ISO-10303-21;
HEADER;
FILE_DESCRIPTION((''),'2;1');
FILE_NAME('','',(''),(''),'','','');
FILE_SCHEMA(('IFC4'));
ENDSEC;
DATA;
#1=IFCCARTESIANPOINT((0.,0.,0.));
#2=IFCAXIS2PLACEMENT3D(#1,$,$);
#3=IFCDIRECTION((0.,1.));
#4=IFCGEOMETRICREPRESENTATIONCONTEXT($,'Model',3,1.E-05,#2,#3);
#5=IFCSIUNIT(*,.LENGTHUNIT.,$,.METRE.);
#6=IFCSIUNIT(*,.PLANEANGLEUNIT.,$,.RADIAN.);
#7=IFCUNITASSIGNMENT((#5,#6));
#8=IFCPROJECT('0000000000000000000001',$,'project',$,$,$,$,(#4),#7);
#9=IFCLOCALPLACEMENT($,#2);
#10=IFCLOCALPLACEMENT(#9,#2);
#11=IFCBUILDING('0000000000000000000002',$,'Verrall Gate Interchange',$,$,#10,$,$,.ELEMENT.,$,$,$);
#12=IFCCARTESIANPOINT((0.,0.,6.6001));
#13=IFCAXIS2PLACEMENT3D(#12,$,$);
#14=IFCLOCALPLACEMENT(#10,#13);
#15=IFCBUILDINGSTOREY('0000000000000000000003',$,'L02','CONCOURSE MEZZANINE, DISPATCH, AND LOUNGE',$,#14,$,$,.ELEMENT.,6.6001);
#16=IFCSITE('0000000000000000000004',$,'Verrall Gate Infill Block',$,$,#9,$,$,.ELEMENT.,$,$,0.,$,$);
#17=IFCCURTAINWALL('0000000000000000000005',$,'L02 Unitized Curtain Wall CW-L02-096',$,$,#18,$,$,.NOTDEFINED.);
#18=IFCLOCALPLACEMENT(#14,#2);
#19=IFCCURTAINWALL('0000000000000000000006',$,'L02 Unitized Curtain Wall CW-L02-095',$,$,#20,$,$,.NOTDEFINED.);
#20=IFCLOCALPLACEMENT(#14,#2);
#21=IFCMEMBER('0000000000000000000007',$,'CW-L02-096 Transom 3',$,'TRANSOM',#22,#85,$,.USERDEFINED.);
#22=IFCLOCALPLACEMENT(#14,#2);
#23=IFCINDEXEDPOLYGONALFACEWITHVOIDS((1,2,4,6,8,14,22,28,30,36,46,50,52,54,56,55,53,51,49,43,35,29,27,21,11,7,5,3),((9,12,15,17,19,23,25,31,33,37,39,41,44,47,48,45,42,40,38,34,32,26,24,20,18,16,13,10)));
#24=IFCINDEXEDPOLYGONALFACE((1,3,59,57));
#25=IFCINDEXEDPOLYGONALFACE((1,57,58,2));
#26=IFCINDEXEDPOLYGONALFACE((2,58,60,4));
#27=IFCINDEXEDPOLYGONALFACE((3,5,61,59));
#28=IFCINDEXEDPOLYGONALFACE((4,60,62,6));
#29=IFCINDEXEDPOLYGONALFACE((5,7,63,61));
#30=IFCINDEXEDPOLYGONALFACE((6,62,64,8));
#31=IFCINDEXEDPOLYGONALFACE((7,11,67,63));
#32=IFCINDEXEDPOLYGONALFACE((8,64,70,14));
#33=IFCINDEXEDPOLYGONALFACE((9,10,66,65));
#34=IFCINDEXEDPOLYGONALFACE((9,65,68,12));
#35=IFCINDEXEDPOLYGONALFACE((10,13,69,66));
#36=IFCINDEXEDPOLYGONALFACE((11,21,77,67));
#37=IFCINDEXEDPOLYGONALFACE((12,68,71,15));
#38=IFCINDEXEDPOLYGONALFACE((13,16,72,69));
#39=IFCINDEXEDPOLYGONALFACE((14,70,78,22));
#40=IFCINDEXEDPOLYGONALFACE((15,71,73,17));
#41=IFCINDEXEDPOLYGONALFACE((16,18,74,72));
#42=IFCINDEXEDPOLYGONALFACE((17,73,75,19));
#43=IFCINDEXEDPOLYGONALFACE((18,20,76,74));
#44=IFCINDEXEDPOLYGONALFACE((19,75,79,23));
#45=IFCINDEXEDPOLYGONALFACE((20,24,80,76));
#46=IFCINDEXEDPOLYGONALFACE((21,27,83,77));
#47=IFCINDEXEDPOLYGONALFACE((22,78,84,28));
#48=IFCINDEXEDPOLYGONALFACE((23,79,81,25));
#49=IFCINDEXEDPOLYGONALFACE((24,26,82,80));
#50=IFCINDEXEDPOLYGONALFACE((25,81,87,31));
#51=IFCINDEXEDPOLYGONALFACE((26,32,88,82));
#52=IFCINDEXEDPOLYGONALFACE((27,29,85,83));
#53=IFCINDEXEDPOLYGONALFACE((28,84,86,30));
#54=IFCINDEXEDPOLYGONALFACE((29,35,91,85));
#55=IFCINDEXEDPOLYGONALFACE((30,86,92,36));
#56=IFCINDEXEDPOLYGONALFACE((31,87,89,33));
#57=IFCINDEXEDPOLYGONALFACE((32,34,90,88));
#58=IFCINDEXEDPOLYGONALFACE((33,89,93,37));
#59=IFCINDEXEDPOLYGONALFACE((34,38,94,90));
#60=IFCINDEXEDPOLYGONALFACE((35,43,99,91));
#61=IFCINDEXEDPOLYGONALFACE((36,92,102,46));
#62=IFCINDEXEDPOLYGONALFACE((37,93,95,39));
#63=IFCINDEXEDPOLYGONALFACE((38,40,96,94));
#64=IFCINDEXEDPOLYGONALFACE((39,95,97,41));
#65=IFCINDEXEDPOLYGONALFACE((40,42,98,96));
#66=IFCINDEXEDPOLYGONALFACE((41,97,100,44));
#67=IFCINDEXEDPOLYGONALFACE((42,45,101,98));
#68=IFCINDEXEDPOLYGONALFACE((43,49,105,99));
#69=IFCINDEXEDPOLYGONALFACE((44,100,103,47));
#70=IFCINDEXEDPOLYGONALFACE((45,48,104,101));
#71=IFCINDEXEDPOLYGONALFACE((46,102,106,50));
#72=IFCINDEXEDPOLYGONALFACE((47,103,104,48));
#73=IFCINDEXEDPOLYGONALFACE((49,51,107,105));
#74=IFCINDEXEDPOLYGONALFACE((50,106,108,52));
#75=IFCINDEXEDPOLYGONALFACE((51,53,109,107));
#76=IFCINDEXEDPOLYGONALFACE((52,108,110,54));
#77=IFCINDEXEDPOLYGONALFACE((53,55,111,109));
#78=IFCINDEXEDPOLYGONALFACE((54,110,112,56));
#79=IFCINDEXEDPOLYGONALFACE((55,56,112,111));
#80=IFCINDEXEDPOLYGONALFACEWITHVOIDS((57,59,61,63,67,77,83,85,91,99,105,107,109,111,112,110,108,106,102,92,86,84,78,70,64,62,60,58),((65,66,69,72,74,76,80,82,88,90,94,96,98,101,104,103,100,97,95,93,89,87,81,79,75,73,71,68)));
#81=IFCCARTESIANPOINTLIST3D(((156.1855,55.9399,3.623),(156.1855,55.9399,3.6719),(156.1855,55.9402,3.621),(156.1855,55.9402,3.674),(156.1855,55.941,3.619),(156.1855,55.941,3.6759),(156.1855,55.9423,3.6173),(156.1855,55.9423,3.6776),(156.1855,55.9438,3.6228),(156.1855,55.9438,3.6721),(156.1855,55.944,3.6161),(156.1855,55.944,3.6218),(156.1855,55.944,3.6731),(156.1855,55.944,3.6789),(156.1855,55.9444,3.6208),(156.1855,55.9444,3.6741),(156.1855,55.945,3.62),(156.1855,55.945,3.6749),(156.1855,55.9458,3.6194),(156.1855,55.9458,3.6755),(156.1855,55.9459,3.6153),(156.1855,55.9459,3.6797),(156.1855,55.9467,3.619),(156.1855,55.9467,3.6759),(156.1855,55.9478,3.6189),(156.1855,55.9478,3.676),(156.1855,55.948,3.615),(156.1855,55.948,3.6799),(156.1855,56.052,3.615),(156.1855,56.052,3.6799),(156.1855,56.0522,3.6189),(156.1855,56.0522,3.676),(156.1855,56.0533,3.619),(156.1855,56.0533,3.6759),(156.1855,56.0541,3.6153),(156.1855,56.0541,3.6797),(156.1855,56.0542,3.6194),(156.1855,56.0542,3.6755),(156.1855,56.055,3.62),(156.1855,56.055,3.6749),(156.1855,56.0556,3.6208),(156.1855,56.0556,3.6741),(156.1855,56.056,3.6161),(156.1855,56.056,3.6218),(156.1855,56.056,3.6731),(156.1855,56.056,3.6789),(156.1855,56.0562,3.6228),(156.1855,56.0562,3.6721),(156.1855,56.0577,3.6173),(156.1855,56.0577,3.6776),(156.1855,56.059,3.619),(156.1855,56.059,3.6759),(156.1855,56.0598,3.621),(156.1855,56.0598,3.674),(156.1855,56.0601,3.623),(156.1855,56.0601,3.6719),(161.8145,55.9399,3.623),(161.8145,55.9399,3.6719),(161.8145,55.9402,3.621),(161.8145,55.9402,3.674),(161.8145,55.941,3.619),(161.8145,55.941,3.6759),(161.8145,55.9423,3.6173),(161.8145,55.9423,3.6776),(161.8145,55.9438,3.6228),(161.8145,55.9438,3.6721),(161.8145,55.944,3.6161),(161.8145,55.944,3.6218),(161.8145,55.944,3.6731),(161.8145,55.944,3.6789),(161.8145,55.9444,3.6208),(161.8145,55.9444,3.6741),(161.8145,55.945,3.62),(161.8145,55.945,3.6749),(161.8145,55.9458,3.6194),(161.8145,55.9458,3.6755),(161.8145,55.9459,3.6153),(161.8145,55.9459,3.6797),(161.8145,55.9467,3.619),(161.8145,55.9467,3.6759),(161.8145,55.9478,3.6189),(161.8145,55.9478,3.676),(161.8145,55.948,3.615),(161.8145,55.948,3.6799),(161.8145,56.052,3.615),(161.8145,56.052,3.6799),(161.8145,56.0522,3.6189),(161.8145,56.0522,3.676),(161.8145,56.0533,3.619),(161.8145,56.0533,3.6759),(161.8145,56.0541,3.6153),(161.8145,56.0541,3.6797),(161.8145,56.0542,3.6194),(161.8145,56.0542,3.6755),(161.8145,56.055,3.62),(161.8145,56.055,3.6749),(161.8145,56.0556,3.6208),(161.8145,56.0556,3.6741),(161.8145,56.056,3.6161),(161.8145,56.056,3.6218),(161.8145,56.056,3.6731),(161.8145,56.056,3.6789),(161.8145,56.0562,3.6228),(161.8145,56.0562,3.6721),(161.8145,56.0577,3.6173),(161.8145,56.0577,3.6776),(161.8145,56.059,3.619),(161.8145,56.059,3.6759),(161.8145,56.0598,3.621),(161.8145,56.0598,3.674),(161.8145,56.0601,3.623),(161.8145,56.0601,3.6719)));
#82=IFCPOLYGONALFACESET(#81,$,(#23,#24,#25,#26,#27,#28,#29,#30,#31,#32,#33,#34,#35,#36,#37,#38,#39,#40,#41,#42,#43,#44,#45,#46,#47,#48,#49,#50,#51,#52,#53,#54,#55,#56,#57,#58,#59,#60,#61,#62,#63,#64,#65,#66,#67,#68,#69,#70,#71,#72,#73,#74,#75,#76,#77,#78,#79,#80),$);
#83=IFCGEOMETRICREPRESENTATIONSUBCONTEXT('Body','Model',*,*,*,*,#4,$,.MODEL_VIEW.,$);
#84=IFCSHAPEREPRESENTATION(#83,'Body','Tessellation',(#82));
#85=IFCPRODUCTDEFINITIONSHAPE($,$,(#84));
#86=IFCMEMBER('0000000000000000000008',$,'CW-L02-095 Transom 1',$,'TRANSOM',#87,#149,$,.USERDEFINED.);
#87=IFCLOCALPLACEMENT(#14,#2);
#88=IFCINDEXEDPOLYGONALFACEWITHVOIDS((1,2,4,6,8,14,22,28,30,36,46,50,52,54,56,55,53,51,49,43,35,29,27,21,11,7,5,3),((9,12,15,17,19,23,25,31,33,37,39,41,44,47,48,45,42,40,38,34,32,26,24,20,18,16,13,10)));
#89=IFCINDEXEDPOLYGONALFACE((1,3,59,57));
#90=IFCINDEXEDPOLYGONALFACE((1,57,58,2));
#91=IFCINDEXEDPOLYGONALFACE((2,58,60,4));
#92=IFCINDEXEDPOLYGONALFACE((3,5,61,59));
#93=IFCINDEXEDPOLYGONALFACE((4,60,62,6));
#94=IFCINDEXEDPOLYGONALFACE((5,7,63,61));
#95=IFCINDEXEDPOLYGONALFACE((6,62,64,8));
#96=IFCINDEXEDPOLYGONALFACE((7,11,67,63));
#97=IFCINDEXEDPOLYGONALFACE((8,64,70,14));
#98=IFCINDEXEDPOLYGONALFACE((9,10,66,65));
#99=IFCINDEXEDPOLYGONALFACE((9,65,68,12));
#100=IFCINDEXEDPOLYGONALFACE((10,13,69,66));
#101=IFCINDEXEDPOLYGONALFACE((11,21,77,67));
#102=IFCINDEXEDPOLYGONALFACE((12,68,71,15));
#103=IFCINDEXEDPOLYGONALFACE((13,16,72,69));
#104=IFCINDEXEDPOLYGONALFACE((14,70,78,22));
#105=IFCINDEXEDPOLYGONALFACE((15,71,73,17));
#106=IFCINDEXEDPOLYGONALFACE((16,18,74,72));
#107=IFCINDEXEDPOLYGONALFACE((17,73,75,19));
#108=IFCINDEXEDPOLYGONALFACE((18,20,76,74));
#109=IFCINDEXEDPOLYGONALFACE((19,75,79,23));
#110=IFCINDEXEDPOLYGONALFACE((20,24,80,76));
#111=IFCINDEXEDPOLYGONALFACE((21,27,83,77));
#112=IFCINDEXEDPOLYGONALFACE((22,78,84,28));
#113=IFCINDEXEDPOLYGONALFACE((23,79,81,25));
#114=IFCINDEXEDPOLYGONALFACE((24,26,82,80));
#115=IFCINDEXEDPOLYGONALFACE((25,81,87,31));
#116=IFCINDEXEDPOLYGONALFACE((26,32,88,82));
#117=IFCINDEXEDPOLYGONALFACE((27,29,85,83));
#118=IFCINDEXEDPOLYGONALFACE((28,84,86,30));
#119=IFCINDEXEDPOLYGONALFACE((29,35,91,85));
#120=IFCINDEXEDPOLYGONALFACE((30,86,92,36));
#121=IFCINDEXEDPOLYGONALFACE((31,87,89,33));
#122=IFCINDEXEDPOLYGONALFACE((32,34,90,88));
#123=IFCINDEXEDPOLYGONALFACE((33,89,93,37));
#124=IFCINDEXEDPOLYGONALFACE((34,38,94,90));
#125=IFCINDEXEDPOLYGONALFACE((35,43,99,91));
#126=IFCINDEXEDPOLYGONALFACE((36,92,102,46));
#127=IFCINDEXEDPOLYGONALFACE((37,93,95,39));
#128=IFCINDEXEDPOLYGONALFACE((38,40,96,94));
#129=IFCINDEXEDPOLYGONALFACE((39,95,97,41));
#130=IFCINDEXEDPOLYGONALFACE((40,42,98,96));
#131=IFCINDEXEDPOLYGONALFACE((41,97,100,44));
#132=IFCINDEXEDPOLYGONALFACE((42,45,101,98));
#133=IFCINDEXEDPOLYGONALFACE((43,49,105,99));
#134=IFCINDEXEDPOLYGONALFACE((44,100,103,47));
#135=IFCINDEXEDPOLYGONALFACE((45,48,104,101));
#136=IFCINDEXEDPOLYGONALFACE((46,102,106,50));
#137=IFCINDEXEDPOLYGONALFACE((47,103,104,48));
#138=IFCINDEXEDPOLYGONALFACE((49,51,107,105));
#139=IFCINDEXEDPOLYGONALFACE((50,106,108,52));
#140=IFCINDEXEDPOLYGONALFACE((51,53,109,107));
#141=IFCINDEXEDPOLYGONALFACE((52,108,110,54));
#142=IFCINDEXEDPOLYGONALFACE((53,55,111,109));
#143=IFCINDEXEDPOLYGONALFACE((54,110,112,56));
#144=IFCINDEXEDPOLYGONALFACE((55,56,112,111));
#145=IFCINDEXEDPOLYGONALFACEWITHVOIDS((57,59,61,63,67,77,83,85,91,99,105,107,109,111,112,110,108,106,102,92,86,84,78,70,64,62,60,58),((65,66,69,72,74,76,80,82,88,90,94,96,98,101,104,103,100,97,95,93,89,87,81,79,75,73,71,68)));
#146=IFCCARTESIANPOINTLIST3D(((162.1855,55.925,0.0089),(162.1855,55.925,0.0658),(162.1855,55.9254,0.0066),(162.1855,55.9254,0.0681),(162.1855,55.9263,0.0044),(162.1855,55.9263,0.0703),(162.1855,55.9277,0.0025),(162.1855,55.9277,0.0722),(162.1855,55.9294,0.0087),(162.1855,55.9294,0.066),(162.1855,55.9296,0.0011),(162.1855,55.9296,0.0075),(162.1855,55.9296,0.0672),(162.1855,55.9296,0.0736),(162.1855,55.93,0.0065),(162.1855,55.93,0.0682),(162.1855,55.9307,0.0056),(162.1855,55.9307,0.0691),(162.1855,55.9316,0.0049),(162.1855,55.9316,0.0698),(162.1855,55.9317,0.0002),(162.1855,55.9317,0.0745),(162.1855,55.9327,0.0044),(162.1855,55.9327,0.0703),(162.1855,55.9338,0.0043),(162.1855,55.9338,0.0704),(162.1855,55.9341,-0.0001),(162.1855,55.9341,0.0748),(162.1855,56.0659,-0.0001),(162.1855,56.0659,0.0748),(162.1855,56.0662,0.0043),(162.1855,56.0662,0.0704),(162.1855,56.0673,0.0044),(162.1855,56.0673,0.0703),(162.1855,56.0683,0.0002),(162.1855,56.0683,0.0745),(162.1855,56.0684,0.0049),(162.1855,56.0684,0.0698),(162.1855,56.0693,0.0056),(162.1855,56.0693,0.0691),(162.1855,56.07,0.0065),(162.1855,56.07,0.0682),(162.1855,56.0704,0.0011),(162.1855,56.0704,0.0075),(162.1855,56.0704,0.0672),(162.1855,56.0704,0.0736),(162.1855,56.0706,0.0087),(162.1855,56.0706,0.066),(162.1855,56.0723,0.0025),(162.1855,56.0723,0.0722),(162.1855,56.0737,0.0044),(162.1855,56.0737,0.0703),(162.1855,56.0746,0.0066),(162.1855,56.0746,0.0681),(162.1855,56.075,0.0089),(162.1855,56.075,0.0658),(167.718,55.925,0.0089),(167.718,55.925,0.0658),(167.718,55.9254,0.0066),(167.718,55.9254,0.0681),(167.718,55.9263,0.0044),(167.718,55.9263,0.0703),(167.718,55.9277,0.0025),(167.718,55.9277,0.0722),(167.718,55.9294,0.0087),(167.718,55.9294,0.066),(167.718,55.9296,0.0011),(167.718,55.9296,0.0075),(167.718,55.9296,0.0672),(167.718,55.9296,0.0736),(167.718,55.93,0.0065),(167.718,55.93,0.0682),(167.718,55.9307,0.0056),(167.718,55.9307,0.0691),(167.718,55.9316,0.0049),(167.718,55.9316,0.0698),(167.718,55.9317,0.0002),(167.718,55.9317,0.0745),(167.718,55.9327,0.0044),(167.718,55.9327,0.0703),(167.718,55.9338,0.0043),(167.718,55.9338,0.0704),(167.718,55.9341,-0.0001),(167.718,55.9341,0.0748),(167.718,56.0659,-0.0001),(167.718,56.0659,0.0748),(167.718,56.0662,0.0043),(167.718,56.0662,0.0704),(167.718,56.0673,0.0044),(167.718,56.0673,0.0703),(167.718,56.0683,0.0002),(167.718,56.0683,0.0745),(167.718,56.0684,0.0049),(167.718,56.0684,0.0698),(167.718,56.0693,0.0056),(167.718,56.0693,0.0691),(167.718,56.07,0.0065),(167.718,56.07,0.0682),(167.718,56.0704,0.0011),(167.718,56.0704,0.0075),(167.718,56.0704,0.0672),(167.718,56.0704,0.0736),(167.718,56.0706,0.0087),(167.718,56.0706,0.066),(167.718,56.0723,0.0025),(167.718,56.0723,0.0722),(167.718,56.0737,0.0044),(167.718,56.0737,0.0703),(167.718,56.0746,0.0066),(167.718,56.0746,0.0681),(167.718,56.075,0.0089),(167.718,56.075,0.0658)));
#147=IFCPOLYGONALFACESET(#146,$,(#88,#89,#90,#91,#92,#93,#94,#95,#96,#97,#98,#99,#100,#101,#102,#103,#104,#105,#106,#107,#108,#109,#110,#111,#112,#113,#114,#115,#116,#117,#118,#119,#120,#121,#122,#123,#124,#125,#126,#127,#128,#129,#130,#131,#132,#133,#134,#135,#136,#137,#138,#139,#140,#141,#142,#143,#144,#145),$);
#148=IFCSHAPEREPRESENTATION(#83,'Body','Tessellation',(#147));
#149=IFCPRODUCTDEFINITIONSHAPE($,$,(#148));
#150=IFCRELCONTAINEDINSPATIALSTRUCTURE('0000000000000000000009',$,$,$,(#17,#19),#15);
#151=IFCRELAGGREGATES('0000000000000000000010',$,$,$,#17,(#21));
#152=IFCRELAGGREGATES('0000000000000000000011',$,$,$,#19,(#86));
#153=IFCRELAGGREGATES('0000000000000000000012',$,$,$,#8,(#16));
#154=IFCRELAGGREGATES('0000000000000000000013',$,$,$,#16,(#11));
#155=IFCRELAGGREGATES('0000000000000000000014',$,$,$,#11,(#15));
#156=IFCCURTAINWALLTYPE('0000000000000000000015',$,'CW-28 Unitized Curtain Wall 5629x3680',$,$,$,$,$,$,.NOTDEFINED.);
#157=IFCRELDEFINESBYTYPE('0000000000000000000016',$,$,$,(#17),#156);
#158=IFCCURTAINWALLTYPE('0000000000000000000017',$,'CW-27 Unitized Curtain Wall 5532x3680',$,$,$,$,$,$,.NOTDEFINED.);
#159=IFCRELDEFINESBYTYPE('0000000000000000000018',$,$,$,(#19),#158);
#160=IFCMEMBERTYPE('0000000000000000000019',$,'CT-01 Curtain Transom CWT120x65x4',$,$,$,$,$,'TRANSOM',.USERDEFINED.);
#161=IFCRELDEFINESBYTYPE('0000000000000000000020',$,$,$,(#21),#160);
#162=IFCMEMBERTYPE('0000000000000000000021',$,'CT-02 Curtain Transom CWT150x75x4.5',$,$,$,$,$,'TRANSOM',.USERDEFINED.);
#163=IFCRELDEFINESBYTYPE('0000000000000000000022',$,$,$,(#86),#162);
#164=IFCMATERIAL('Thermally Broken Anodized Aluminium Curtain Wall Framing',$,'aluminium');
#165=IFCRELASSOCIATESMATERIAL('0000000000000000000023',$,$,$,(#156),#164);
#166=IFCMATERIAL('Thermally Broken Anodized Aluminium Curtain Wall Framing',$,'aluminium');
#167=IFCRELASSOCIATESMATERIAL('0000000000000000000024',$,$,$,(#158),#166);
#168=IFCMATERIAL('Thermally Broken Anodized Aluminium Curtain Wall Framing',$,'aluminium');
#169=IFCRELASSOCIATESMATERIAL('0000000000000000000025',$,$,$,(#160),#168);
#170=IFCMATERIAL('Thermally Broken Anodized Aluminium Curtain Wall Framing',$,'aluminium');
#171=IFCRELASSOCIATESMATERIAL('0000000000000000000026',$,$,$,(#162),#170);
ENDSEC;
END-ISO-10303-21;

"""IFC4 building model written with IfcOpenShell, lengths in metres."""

from ifc_helpers import new_model, si_unit, direction, frame, origin, origin_2d, place, context, subcontext, project, spatial, hollow_rectangle, extrude, material, material_profile, profile_set, type_object, element, aggregate, save


model = new_model("IFC4")

# Units and contexts
model_context = context("Model", 3, precision=1e-05, world=origin(), true_north=direction((0.0, 1.0)))
body_context = subcontext(model_context, "Body", "Model", "MODEL_VIEW")
ifc_project = project(units=[si_unit("LENGTHUNIT", "METRE"), si_unit("PLANEANGLEUNIT", "RADIAN")], contexts=[model_context])

# Site, building, storey
site_placement = place(None, origin())
site = spatial("IfcSite", under=ifc_project, at=site_placement, Name="Verrall Gate Infill Block", CompositionType="ELEMENT", RefElevation=0.0)
building_placement = place(site_placement, origin())
building = spatial("IfcBuilding", under=site, at=building_placement, Name="Verrall Gate Interchange", CompositionType="ELEMENT")
storey_placement = place(building_placement, frame((0.0, 0.0, 6.6001)))
storey = spatial("IfcBuildingStorey", under=building, at=storey_placement, Name="L02", Description="CONCOURSE MEZZANINE, DISPATCH, AND LOUNGE", CompositionType="ELEMENT", Elevation=6.6001)

# Curtain walls
ifc_material_1 = material(Name="Thermally Broken Anodized Aluminium Curtain Wall Framing", Category="aluminium")
curtain_wall_type_1 = type_object("IfcCurtainWallType", Name="CW-28 Unitized Curtain Wall 5629x3680", PredefinedType="NOTDEFINED", material=ifc_material_1)
curtain_wall_1_placement = place(storey_placement, origin())
curtain_wall_1 = element("IfcCurtainWall", 1, at=curtain_wall_1_placement, inside=storey, type_object=curtain_wall_type_1, Name="L02 Unitized Curtain Wall CW-L02-096", PredefinedType="NOTDEFINED")
ifc_material_2 = material(Name="Thermally Broken Anodized Aluminium Curtain Wall Framing", Category="aluminium")
curtain_wall_type_2 = type_object("IfcCurtainWallType", Name="CW-27 Unitized Curtain Wall 5532x3680", PredefinedType="NOTDEFINED", material=ifc_material_2)
curtain_wall_2_placement = place(storey_placement, origin())
curtain_wall_2 = element("IfcCurtainWall", 2, at=curtain_wall_2_placement, inside=storey, type_object=curtain_wall_type_2, Name="L02 Unitized Curtain Wall CW-L02-095", PredefinedType="NOTDEFINED")

# Members
ifc_material_3 = material(Name="Thermally Broken Anodized Aluminium Curtain Wall Framing", Category="aluminium")
ifc_material_profile_1 = material_profile(ifc_material_3, hollow_rectangle(XDim=0.1201, YDim=0.0649, WallThickness=0.0039, InnerFilletRadius=0.0039, OuterFilletRadius=0.0081, at=origin_2d()), Name="CWT120x65x4")
ifc_profile_set_1 = profile_set([ifc_material_profile_1], Name="Thermally Broken Anodized Aluminium Curtain Wall Framing")
member_type_1 = type_object("IfcMemberType", Name="CT-01 Curtain Transom CWT120x65x4", ElementType="TRANSOM", PredefinedType="USERDEFINED", material=ifc_profile_set_1)
member_1_placement = place(storey_placement, frame((161.8145, 56.0, 3.6475), z_axis=(-1.0, 0.0, 0.0), x_axis=(0.0, -1.0, 0.0)))
member_1 = element("IfcMember", 3, at=member_1_placement, type_object=member_type_1, Name="CW-L02-096 Transom 3", ObjectType="TRANSOM", PredefinedType="USERDEFINED", context=body_context, shape_type="SweptSolid", body=[
    extrude(hollow_rectangle(XDim=0.1201, YDim=0.0649, WallThickness=0.0039, InnerFilletRadius=0.0039, OuterFilletRadius=0.0081, at=origin_2d()), origin(), (0.0, 0.0, 1.0), 5.6289),
])
ifc_material_4 = material(Name="Thermally Broken Anodized Aluminium Curtain Wall Framing", Category="aluminium")
ifc_material_profile_2 = material_profile(ifc_material_4, hollow_rectangle(XDim=0.1499, YDim=0.075, WallThickness=0.0044, InnerFilletRadius=0.0044, OuterFilletRadius=0.009, at=origin_2d()), Name="CWT150x75x4.5")
ifc_profile_set_2 = profile_set([ifc_material_profile_2], Name="Thermally Broken Anodized Aluminium Curtain Wall Framing")
member_type_2 = type_object("IfcMemberType", Name="CT-02 Curtain Transom CWT150x75x4.5", ElementType="TRANSOM", PredefinedType="USERDEFINED", material=ifc_profile_set_2)
member_2_placement = place(storey_placement, frame((167.718, 56.0, 0.0374), z_axis=(-1.0, 0.0, 0.0), x_axis=(0.0, -1.0, 0.0)))
member_2 = element("IfcMember", 4, at=member_2_placement, type_object=member_type_2, Name="CW-L02-095 Transom 1", ObjectType="TRANSOM", PredefinedType="USERDEFINED", context=body_context, shape_type="SweptSolid", body=[
    extrude(hollow_rectangle(XDim=0.1499, YDim=0.075, WallThickness=0.0044, InnerFilletRadius=0.0044, OuterFilletRadius=0.009, at=origin_2d()), origin(), (0.0, 0.0, 1.0), 5.5325),
])

aggregate(curtain_wall_1, [member_1])
aggregate(curtain_wall_2, [member_2])

save(model, "model.ifc")
